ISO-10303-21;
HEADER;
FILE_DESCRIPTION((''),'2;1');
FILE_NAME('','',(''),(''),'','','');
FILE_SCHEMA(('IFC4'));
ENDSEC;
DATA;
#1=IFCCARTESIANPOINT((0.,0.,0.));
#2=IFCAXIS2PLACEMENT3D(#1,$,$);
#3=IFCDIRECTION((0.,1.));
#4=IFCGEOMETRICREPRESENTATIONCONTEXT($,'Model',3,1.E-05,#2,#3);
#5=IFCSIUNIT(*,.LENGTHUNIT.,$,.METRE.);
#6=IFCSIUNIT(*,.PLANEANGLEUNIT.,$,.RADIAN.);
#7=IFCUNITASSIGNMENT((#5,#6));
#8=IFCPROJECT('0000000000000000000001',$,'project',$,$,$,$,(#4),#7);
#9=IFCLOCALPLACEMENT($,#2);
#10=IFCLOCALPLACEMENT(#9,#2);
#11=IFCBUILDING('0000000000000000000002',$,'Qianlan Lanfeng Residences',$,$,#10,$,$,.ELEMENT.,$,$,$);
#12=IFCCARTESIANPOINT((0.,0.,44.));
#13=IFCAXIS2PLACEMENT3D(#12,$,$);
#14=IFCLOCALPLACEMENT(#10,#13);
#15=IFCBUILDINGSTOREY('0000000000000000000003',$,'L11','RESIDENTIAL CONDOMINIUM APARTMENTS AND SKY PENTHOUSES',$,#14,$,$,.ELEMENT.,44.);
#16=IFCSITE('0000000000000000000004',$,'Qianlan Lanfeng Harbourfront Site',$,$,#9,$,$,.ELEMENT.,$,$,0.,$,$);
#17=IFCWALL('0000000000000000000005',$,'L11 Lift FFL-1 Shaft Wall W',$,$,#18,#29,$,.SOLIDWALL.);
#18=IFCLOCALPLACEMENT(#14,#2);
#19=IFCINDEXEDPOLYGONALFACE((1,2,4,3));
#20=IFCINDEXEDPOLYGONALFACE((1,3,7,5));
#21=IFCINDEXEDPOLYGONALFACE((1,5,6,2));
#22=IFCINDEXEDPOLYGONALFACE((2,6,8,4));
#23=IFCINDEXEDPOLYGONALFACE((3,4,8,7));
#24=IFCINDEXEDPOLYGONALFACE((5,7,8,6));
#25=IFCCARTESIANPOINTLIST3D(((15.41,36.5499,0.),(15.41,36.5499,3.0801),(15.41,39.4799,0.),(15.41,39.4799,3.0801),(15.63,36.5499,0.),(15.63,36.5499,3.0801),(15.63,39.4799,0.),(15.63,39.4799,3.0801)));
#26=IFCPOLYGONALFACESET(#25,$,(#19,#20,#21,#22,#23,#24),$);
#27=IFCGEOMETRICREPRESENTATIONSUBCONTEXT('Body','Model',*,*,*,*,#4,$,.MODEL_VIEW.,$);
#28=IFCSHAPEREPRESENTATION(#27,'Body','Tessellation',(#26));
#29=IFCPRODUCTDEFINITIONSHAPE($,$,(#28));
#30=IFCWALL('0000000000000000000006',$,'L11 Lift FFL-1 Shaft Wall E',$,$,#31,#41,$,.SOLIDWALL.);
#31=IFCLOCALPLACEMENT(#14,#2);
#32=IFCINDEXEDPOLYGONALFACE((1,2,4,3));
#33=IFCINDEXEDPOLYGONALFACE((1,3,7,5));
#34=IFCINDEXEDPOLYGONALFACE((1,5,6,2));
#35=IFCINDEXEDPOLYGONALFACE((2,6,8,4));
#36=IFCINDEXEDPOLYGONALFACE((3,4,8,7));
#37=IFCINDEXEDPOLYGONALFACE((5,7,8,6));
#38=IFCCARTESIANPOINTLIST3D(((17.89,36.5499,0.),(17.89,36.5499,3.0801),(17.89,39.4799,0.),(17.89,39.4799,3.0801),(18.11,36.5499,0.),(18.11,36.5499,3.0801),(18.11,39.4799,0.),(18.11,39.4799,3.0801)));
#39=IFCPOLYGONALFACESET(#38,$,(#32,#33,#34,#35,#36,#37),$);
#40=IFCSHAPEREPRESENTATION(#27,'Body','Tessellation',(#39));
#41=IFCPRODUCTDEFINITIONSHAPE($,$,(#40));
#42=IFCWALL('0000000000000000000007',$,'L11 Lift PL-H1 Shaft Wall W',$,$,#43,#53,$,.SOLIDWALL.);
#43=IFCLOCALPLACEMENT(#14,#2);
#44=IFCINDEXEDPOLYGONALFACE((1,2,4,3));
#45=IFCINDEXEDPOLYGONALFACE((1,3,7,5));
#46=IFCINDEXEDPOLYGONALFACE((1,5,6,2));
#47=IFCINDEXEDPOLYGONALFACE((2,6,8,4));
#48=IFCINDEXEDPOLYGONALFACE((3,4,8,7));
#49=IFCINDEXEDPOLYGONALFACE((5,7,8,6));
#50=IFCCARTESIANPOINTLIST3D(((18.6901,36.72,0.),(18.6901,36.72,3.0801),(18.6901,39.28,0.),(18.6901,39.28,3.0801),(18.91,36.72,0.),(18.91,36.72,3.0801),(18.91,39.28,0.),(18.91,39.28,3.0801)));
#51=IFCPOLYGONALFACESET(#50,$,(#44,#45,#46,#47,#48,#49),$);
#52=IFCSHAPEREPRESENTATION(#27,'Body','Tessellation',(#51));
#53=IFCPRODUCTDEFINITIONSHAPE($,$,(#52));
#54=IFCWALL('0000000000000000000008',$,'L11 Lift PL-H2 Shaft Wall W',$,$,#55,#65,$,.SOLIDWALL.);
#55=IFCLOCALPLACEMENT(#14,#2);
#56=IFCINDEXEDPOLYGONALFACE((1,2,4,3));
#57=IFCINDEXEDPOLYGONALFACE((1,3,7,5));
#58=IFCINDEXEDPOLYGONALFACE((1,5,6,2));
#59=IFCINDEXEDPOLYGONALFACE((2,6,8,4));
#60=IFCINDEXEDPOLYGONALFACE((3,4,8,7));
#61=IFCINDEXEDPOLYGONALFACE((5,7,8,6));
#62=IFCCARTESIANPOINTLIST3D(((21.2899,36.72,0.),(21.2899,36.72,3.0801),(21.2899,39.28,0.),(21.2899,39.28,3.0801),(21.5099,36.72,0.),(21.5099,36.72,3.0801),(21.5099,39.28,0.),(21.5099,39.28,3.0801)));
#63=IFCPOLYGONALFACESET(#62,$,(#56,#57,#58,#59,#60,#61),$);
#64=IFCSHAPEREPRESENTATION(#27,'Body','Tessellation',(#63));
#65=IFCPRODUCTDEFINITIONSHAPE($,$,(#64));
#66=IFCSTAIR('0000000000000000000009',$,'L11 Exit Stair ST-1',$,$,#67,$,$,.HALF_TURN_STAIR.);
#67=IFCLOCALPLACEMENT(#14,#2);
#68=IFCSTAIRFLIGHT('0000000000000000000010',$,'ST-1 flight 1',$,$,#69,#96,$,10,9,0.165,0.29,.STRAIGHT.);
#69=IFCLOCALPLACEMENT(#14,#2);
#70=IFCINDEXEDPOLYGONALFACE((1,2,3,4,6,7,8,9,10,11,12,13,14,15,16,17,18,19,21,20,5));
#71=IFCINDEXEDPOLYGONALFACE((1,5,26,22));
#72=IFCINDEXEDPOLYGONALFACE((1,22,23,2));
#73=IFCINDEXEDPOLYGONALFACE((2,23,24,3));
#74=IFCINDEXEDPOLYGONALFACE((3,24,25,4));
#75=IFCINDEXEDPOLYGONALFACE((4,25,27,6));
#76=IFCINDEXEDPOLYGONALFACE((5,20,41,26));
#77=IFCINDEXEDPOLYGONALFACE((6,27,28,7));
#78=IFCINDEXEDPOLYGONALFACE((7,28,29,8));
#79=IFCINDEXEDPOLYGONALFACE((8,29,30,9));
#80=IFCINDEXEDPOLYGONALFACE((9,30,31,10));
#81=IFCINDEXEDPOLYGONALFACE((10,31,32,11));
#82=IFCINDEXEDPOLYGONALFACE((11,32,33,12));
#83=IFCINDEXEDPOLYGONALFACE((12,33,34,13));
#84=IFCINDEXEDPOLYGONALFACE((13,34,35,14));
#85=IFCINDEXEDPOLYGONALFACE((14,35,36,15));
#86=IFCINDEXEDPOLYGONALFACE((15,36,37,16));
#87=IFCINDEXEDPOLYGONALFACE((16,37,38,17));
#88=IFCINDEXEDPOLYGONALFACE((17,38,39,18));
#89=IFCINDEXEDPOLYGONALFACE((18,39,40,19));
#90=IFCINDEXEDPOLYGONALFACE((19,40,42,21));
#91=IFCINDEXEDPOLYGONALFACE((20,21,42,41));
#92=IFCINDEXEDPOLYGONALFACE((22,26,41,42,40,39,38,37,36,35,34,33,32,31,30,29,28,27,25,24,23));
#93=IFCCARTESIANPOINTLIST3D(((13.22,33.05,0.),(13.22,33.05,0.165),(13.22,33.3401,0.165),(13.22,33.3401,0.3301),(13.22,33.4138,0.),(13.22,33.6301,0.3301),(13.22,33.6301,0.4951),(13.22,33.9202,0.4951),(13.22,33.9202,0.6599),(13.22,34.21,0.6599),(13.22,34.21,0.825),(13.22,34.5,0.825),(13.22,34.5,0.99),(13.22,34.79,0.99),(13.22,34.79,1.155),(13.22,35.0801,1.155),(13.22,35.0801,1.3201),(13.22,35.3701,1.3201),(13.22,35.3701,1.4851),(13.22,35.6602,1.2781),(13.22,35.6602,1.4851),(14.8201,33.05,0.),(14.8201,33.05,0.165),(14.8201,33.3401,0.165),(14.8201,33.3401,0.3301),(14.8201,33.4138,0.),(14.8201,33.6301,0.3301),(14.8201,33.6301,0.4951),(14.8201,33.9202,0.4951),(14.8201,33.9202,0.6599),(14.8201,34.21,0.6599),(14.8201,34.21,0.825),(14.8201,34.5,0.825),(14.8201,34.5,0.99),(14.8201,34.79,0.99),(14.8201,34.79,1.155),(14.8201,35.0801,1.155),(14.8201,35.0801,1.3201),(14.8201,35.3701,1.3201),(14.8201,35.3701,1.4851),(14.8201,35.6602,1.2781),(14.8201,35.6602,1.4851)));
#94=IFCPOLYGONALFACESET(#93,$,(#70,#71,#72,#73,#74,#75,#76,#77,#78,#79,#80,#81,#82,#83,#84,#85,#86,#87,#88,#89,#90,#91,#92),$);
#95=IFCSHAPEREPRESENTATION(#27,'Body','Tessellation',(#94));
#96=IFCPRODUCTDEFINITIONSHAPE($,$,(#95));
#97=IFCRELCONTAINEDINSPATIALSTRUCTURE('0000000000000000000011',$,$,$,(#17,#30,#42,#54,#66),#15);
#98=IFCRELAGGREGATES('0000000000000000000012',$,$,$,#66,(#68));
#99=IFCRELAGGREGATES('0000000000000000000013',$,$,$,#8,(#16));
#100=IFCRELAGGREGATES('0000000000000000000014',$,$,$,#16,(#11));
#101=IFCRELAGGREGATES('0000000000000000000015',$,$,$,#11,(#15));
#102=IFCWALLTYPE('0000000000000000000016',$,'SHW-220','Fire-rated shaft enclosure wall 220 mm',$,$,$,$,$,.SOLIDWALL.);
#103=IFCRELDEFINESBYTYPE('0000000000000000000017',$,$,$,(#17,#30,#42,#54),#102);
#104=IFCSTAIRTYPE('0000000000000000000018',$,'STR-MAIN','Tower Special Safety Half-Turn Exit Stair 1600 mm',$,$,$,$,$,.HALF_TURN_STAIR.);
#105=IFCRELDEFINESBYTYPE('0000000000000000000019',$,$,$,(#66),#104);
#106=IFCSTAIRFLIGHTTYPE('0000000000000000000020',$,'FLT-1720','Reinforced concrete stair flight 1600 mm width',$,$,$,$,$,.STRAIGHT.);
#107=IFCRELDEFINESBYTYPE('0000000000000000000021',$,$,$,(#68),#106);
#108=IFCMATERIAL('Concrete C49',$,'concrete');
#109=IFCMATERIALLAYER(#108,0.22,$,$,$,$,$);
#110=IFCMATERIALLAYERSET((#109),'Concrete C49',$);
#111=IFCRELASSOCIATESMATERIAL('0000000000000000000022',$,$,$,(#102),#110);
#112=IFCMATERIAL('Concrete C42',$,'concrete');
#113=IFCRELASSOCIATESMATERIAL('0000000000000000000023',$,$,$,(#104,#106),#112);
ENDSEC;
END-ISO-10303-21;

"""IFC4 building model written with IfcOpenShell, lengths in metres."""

from ifc_helpers import new_model, si_unit, direction, frame, frame_2d, origin, place, context, subcontext, project, spatial, polyline, rectangle, outline, extrude, material, layer, layer_set, type_object, element, aggregate, save


model = new_model("IFC4")

# Units and contexts
model_context = context("Model", 3, precision=1e-05, world=origin(), true_north=direction((0.0, 1.0)))
body_context = subcontext(model_context, "Body", "Model", "MODEL_VIEW")
ifc_project = project(units=[si_unit("LENGTHUNIT", "METRE"), si_unit("PLANEANGLEUNIT", "RADIAN")], contexts=[model_context])

# Site, building, storey
site_placement = place(None, origin())
site = spatial("IfcSite", under=ifc_project, at=site_placement, Name="Qianlan Lanfeng Harbourfront Site", CompositionType="ELEMENT", RefElevation=0.0)
building_placement = place(site_placement, origin())
building = spatial("IfcBuilding", under=site, at=building_placement, Name="Qianlan Lanfeng Residences", CompositionType="ELEMENT")
storey_placement = place(building_placement, frame((0.0, 0.0, 44.0)))
storey = spatial("IfcBuildingStorey", under=building, at=storey_placement, Name="L11", Description="RESIDENTIAL CONDOMINIUM APARTMENTS AND SKY PENTHOUSES", CompositionType="ELEMENT", Elevation=44.0)

# Walls
ifc_material_1 = material(Name="Concrete C49", Category="concrete")
ifc_layer_1 = layer(ifc_material_1, 0.22)
ifc_layer_set_1 = layer_set([ifc_layer_1], Name="Concrete C49")
wall_type_1 = type_object("IfcWallType", Name="SHW-220", Description="Fire-rated shaft enclosure wall 220 mm", PredefinedType="SOLIDWALL", material=ifc_layer_set_1)
for number, where, z_axis, x_axis, name in (
    (1, (15.52, 36.55, 0.0), (0.0, 0.0, 1.0), (0.0, 1.0, 0.0), "L11 Lift FFL-1 Shaft Wall W"),
    (2, (18.0, 36.55, 0.0), (0.0, 0.0, 1.0), (0.0, 1.0, 0.0), "L11 Lift FFL-1 Shaft Wall E"),
):
    element("IfcWall", number, at=place(storey_placement, frame(where, z_axis=z_axis, x_axis=x_axis)), inside=storey, type_object=wall_type_1, Name=name, PredefinedType="SOLIDWALL", context=body_context, shape_type="SweptSolid", body=[
        extrude(rectangle(XDim=2.9299, YDim=0.22, at=frame_2d((1.4648, 0.0))), origin(), (0.0, 0.0, 1.0), 3.0801),
    ])
for number, where, z_axis, x_axis, name in (
    (3, (18.8, 36.72, 0.0), (0.0, 0.0, 1.0), (0.0, 1.0, 0.0), "L11 Lift PL-H1 Shaft Wall W"),
    (4, (21.3999, 36.72, 0.0), (0.0, 0.0, 1.0), (0.0, 1.0, 0.0), "L11 Lift PL-H2 Shaft Wall W"),
):
    element("IfcWall", number, at=place(storey_placement, frame(where, z_axis=z_axis, x_axis=x_axis)), inside=storey, type_object=wall_type_1, Name=name, PredefinedType="SOLIDWALL", context=body_context, shape_type="SweptSolid", body=[
        extrude(rectangle(XDim=2.5601, YDim=0.22, at=frame_2d((1.28, 0.0))), origin(), (0.0, 0.0, 1.0), 3.0801),
    ])

# Stair, stair flight
ifc_material_2 = material(Name="Concrete C42", Category="concrete")
stair_type = type_object("IfcStairType", Name="STR-MAIN", Description="Tower Special Safety Half-Turn Exit Stair 1600 mm", PredefinedType="HALF_TURN_STAIR", material=ifc_material_2)
stair_placement = place(storey_placement, origin())
stair = element("IfcStair", 5, at=stair_placement, inside=storey, type_object=stair_type, Name="L11 Exit Stair ST-1", PredefinedType="HALF_TURN_STAIR")
stair_flight_type = type_object("IfcStairFlightType", Name="FLT-1720", Description="Reinforced concrete stair flight 1600 mm width", PredefinedType="STRAIGHT", material=ifc_material_2)
stair_flight_placement = place(storey_placement, frame((14.02, 33.05, 0.0), z_axis=(0.0, 0.0, 1.0), x_axis=(0.0, 1.0, 0.0)))
stair_flight = element("IfcStairFlight", 6, at=stair_flight_placement, type_object=stair_flight_type, Name="ST-1 flight 1", NumberOfRisers=10, NumberOfTreads=9, PredefinedType="STRAIGHT", RiserHeight=0.165, TreadLength=0.29, context=body_context, shape_type="SweptSolid", body=[
    extrude(outline(polyline([(0.0, 0.0), (0.0, 0.165), (0.29, 0.165), (0.29, 0.3301), (0.5801, 0.3301), (0.5801, 0.4951), (0.8701, 0.4951), (0.8701, 0.6599), (1.1599, 0.6599), (1.1599, 0.825), (1.45, 0.825), (1.45, 0.99), (1.74, 0.99), (1.74, 1.155), (2.03, 1.155), (2.03, 1.3201), (2.3201, 1.3201), (2.3201, 1.4851), (2.6101, 1.4851), (2.6101, 1.6499), (2.6101, 1.2781), (0.3638, 0.0), (0.0, 0.0)])), frame((0.0, 0.8, 0.0), z_axis=(0.0, -1.0, 0.0), x_axis=(1.0, 0.0, 0.0)), (0.0, 0.0, 1.0), 1.6001),
])
aggregate(stair, [stair_flight])

save(model, "model.ifc")
